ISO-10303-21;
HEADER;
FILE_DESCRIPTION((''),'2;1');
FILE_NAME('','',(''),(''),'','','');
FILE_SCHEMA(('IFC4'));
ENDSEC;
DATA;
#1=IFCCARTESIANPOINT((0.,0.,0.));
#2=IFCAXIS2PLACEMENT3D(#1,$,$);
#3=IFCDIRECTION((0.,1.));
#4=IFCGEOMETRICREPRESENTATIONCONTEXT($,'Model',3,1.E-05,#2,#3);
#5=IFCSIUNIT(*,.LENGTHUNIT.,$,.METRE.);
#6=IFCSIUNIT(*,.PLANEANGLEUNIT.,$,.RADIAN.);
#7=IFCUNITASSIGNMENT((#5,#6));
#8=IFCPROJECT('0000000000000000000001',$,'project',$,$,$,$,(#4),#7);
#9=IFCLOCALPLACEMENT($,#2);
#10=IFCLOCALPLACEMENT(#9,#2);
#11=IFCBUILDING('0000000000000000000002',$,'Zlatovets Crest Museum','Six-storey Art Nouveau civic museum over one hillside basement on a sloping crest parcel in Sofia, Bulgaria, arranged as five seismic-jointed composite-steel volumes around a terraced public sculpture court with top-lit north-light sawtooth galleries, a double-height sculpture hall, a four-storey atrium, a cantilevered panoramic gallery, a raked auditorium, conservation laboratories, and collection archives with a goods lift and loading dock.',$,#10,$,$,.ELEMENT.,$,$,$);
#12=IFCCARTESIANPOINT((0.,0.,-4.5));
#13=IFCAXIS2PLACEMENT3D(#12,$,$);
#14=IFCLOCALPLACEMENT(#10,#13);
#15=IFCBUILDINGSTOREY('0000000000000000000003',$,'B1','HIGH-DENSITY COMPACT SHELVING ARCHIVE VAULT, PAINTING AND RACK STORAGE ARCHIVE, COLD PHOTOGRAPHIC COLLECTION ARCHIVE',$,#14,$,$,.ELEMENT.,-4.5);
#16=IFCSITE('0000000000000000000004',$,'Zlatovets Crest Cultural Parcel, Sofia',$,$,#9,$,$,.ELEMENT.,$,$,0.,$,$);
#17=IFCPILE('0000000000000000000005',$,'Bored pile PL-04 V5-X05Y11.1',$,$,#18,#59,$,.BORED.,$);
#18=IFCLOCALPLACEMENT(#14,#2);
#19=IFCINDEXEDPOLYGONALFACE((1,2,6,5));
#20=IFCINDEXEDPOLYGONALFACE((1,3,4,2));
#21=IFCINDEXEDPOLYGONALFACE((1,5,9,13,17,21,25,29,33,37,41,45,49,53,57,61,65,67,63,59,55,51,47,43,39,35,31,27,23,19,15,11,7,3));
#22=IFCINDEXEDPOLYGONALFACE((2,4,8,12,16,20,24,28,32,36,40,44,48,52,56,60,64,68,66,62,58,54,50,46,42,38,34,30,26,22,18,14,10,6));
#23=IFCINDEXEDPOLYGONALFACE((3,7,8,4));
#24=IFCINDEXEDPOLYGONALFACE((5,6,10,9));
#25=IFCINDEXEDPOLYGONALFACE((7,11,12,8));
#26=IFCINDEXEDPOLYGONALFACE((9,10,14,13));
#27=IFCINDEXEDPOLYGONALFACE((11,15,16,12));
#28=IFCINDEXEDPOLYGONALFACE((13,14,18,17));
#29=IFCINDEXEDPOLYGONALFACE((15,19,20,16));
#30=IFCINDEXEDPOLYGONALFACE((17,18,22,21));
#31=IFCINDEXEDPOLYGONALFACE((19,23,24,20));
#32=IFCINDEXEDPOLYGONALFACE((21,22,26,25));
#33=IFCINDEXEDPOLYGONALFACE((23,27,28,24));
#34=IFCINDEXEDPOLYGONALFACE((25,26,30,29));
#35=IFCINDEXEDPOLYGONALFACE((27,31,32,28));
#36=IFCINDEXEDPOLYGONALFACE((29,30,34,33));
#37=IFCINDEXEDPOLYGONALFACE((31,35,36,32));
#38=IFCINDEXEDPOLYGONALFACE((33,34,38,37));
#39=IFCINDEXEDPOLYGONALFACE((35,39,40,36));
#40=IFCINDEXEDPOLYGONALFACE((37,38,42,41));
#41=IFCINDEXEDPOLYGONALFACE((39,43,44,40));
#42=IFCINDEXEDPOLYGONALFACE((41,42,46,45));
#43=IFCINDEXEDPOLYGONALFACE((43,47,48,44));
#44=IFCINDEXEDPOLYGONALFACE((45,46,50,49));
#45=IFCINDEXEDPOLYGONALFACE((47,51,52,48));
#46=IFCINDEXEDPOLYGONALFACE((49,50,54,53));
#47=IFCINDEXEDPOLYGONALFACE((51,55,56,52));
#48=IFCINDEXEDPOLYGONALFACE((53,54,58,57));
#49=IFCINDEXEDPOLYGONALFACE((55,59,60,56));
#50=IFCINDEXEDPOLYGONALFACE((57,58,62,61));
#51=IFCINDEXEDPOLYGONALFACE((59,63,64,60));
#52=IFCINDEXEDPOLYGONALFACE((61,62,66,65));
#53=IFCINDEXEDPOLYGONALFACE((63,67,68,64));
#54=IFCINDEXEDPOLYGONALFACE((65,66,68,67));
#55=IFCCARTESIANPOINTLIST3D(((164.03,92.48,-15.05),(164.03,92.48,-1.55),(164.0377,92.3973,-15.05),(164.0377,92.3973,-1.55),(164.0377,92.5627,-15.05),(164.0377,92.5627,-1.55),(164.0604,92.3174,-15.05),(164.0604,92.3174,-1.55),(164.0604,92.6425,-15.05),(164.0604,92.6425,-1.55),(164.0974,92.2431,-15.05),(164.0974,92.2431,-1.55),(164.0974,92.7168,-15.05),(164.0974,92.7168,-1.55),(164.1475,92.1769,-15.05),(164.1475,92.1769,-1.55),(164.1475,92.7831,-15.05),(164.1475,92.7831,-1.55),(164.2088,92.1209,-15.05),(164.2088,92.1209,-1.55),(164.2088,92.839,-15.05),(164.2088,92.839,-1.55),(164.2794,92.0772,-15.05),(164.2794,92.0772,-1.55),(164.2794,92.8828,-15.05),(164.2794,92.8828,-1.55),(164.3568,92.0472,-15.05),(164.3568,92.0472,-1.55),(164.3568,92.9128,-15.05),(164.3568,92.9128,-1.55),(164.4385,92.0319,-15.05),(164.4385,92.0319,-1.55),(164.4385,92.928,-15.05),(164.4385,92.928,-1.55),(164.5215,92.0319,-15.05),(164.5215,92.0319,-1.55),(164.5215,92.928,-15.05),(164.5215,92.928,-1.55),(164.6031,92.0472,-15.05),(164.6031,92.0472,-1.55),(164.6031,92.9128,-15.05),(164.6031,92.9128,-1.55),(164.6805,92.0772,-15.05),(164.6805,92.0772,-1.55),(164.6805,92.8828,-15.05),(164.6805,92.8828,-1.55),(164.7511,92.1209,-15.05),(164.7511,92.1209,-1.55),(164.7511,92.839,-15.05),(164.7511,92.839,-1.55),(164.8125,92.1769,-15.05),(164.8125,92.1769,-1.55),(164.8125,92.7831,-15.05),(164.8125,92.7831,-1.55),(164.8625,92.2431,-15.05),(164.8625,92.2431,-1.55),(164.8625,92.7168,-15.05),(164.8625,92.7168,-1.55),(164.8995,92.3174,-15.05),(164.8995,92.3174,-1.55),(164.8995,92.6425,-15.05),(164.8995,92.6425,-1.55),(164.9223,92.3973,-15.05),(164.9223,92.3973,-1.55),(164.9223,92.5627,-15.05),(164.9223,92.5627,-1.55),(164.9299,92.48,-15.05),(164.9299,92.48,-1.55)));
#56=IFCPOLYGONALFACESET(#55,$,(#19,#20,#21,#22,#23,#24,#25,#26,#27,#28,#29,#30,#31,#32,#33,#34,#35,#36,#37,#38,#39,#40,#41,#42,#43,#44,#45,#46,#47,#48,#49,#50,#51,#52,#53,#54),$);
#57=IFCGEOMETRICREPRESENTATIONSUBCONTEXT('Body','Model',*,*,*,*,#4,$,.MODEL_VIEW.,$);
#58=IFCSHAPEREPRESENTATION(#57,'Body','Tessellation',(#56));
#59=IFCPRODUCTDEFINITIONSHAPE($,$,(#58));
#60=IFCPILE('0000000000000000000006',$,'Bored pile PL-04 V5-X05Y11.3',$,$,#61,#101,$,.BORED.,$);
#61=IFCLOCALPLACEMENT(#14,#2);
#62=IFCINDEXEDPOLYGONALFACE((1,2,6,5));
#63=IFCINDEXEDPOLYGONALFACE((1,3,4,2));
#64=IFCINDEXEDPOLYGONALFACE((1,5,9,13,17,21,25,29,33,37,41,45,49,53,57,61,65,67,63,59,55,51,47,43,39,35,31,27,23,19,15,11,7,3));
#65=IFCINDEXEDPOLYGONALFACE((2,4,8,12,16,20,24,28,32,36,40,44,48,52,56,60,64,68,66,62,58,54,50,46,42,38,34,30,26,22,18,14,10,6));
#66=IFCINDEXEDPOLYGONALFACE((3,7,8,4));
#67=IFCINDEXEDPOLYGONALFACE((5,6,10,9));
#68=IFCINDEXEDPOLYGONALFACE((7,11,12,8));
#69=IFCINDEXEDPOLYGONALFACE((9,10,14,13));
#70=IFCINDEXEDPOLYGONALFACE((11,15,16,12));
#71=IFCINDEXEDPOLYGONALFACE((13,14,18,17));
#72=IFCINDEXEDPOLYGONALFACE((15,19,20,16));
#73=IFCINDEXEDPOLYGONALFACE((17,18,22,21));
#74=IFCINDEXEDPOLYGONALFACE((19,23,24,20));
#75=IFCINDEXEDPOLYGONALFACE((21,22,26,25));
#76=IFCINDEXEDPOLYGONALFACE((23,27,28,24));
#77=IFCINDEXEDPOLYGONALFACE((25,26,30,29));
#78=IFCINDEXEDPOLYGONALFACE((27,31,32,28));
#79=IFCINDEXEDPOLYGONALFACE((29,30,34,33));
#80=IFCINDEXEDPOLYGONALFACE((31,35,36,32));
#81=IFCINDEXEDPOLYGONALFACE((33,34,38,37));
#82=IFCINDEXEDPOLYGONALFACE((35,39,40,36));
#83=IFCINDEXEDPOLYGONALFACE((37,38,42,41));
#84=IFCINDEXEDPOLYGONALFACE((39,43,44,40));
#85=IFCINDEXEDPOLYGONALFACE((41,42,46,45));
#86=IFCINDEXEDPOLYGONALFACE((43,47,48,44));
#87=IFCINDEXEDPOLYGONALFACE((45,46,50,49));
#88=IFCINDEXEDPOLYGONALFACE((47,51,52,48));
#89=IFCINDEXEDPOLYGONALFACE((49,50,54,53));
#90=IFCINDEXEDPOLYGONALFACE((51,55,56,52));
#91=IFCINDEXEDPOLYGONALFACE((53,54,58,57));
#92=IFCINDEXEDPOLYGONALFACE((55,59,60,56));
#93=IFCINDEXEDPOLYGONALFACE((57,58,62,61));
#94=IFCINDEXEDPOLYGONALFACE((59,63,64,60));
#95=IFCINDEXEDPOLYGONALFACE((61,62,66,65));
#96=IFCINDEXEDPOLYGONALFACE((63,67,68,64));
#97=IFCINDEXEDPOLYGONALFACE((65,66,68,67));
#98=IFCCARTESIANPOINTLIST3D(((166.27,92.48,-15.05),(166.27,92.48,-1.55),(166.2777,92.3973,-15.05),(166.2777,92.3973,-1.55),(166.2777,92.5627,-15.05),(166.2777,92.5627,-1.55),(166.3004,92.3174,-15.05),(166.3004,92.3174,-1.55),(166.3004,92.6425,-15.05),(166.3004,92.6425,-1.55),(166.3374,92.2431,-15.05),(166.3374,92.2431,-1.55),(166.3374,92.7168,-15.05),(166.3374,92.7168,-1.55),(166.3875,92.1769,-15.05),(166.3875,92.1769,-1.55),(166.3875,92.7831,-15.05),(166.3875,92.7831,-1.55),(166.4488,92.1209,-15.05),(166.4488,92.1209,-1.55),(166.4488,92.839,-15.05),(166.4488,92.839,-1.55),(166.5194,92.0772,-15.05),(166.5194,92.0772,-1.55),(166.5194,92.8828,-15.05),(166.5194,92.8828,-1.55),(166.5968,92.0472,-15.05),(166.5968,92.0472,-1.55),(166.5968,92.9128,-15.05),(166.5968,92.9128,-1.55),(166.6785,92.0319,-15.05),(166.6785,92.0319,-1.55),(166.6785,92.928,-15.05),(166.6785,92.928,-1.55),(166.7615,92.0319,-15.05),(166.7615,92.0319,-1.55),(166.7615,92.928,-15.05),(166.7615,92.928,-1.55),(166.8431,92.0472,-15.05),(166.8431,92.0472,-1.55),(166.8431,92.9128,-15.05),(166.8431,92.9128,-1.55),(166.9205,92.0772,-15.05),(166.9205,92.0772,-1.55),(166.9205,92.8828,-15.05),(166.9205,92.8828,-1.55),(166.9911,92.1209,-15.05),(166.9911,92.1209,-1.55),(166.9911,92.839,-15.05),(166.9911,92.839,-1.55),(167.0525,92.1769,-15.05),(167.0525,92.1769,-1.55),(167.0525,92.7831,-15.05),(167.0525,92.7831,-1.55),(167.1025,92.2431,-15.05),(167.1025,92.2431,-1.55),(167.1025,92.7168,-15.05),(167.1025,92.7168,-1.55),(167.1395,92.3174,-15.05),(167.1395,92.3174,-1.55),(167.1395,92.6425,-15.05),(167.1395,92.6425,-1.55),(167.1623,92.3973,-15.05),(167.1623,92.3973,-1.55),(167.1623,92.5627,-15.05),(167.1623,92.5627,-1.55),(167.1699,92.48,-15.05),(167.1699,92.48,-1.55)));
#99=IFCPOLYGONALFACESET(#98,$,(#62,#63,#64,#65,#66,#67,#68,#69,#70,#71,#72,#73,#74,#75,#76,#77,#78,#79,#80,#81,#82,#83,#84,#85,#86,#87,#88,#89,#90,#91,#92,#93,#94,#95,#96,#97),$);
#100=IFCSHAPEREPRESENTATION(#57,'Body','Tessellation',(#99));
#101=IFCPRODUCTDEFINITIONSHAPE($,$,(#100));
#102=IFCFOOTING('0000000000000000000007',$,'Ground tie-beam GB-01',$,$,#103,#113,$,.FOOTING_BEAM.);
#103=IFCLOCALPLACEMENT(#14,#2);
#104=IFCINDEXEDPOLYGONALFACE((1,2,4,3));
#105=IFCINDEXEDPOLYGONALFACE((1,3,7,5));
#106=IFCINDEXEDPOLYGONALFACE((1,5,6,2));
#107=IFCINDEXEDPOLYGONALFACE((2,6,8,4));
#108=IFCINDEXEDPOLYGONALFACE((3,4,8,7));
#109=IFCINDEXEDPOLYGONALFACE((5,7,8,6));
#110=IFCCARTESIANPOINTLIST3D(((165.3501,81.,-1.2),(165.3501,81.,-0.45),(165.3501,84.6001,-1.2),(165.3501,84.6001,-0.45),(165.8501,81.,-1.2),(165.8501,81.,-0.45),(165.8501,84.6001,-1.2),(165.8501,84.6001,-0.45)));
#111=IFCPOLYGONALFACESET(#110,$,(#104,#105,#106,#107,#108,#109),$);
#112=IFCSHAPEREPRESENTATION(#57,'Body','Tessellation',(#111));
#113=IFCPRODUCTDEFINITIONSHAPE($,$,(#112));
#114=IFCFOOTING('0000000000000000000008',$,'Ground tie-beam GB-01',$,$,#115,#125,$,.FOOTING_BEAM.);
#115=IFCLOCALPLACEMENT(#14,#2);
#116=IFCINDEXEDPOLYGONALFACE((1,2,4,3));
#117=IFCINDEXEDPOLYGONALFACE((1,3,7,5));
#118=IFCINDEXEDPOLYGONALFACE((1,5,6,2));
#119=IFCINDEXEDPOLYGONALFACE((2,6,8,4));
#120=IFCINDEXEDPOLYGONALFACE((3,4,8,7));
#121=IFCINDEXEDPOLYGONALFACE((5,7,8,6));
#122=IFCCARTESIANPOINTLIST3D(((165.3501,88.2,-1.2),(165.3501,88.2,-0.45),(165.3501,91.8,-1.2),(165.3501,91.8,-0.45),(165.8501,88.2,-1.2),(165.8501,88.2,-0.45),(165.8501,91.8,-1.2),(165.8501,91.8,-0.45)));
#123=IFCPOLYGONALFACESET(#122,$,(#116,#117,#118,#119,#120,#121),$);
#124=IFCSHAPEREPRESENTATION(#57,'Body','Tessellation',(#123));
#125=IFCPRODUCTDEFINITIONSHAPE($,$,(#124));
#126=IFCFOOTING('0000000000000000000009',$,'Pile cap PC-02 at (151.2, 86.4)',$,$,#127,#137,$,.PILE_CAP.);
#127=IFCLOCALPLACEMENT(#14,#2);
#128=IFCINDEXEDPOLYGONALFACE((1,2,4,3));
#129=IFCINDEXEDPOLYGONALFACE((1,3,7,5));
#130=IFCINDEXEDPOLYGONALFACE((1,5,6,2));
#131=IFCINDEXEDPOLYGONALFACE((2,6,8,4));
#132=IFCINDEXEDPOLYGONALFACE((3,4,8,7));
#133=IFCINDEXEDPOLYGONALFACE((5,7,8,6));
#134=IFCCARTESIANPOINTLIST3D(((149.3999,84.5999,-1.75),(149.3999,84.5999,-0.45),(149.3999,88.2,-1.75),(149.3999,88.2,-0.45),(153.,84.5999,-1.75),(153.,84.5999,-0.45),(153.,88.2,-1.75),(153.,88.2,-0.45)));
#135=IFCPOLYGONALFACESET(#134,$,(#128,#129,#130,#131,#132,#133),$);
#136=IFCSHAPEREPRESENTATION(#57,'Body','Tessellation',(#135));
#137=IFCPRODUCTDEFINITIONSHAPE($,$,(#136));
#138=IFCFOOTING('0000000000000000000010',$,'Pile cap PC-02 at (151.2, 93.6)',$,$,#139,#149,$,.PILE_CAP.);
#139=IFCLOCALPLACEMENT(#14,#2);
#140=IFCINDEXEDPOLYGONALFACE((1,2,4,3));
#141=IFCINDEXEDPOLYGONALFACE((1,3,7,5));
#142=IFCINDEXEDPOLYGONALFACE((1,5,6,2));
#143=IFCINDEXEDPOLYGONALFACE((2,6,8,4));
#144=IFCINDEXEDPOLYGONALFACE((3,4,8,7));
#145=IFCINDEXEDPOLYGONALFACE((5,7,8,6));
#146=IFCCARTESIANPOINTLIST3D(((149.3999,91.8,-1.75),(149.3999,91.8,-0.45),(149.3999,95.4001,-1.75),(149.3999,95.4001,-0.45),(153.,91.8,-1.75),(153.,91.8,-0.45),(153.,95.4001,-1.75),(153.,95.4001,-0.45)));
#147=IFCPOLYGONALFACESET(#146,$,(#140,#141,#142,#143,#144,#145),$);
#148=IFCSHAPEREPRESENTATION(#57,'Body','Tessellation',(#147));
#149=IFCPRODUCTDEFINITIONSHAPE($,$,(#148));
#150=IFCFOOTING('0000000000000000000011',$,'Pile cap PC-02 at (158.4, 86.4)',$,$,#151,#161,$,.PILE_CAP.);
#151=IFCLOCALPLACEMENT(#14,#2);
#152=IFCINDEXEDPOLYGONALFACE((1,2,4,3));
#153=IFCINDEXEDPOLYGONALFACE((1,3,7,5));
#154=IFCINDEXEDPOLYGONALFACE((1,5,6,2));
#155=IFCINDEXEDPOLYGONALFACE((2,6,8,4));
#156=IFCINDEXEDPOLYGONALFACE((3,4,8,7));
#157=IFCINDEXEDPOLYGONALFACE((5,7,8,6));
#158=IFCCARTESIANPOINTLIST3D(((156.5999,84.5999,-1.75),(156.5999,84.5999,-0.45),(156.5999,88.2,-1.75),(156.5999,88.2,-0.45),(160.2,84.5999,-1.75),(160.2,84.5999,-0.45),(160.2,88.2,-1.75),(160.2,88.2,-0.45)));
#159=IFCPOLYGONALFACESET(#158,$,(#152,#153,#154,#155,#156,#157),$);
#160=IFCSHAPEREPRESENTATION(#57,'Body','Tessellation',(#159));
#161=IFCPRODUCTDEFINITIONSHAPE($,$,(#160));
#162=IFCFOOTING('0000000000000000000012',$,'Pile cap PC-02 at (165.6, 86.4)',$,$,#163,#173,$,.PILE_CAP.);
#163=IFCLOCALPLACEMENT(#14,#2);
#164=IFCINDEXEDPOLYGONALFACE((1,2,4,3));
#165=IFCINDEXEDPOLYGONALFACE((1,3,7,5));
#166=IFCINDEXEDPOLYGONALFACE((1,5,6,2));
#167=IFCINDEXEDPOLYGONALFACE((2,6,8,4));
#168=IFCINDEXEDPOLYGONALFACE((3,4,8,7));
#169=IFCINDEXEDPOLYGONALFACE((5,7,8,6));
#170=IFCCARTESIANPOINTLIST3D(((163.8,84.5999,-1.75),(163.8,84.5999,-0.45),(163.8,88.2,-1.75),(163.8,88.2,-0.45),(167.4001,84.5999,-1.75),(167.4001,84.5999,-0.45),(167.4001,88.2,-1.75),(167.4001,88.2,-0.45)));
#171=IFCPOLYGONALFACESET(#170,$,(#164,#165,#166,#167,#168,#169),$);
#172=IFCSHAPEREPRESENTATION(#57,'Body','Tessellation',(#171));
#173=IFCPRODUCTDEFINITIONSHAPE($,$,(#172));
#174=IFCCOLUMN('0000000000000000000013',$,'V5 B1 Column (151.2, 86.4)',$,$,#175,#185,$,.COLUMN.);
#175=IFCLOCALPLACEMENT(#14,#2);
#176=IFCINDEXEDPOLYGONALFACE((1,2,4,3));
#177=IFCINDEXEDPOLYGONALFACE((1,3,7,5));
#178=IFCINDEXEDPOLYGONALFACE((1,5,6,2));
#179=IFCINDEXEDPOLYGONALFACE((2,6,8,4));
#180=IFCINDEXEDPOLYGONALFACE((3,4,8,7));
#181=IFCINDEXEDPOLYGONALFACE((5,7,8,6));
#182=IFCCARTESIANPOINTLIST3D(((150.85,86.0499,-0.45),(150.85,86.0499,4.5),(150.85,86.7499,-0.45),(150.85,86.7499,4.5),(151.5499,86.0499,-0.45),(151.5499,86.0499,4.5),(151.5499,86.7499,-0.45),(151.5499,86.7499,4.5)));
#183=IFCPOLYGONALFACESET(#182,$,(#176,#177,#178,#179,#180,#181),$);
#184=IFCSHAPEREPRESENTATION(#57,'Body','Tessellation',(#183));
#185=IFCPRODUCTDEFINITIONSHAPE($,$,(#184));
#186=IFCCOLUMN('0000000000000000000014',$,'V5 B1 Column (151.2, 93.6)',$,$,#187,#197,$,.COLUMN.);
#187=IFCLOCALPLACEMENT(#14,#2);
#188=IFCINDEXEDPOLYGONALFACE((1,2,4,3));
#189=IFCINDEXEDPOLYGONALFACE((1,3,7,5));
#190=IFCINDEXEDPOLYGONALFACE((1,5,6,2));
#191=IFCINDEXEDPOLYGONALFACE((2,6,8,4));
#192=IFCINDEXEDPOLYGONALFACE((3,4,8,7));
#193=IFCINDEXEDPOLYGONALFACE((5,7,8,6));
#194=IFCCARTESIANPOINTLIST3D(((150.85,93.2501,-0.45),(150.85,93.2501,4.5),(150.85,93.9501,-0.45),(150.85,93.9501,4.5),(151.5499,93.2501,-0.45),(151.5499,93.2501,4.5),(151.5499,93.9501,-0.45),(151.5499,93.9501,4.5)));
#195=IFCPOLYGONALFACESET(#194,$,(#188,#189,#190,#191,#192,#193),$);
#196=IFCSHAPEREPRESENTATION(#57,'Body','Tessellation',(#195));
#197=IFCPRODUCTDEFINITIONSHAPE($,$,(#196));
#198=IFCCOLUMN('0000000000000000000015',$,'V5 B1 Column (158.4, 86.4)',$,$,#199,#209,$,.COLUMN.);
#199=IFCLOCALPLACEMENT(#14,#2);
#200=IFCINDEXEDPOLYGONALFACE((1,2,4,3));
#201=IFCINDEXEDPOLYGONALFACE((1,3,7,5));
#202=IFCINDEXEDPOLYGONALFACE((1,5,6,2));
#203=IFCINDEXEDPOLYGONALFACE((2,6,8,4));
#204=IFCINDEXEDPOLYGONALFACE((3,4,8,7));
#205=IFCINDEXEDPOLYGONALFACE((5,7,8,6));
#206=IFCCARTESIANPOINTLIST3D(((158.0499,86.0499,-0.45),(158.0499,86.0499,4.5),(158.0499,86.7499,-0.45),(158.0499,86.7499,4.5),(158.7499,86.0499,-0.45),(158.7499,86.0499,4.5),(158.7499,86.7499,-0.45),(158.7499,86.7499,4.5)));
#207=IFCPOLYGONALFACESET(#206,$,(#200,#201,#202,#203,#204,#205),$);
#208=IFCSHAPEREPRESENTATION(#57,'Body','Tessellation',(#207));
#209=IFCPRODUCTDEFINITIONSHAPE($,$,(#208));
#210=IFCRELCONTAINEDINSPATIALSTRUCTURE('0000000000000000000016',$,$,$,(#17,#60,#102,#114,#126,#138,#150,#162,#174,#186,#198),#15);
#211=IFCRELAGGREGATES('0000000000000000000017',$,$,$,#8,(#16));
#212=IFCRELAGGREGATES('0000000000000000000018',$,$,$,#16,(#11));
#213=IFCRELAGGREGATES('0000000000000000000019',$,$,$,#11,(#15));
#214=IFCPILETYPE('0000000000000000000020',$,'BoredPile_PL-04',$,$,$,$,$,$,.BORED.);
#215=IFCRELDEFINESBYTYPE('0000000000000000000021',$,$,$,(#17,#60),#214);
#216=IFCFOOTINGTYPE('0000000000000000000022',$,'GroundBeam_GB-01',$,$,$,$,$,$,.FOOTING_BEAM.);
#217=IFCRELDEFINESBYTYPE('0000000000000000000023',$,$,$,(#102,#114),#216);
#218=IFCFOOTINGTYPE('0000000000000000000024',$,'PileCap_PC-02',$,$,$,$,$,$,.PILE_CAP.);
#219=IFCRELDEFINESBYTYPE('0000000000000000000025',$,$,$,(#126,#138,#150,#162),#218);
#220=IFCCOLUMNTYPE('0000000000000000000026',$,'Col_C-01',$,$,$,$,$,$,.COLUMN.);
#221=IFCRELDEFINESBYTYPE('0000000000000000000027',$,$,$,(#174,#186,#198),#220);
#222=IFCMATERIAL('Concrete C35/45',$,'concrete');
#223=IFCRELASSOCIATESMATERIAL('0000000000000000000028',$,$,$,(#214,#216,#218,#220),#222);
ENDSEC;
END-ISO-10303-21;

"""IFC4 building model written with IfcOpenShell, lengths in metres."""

from ifc_helpers import new_model, si_unit, direction, frame, origin, origin_2d, place, context, subcontext, project, spatial, rectangle, circle, extrude, material, material_profile, profile_set, type_object, element, save


model = new_model("IFC4")

# Units and contexts
model_context = context("Model", 3, precision=1e-05, world=origin(), true_north=direction((0.0, 1.0)))
body_context = subcontext(model_context, "Body", "Model", "MODEL_VIEW")
ifc_project = project(units=[si_unit("LENGTHUNIT", "METRE"), si_unit("PLANEANGLEUNIT", "RADIAN")], contexts=[model_context])

# Site, building, storey
site_placement = place(None, origin())
site = spatial("IfcSite", under=ifc_project, at=site_placement, Name="Zlatovets Crest Cultural Parcel, Sofia", CompositionType="ELEMENT", RefElevation=0.0)
building_placement = place(site_placement, origin())
building = spatial("IfcBuilding", under=site, at=building_placement, Name="Zlatovets Crest Museum", Description="Six-storey Art Nouveau civic museum over one hillside basement on a sloping crest parcel in Sofia, Bulgaria, arranged as five seismic-jointed composite-steel volumes around a terraced public sculpture court with top-lit north-light sawtooth galleries, a double-height sculpture hall, a four-storey atrium, a cantilevered panoramic gallery, a raked auditorium, conservation laboratories, and collection archives with a goods lift and loading dock.", CompositionType="ELEMENT")
storey_placement = place(building_placement, frame((0.0, 0.0, -4.5)))
storey = spatial("IfcBuildingStorey", under=building, at=storey_placement, Name="B1", Description="HIGH-DENSITY COMPACT SHELVING ARCHIVE VAULT, PAINTING AND RACK STORAGE ARCHIVE, COLD PHOTOGRAPHIC COLLECTION ARCHIVE", CompositionType="ELEMENT", Elevation=-4.5)

# Piles
ifc_material = material(Name="Concrete C35/45", Category="concrete")
ifc_material_profile_1 = material_profile(ifc_material, circle(Radius=0.45, at=origin_2d()), Name="PILE D900")
ifc_profile_set_1 = profile_set([ifc_material_profile_1], Name="Concrete C35/45")
pile_type = type_object("IfcPileType", Name="BoredPile_PL-04", PredefinedType="BORED", material=ifc_profile_set_1)
for number, where, z_axis, x_axis, name in (
    (1, (164.48, 92.48, -1.55), (0.0, 0.0, -1.0), (1.0, 0.0, 0.0), "Bored pile PL-04 V5-X05Y11.1"),
    (2, (166.72, 92.48, -1.55), (0.0, 0.0, -1.0), (1.0, 0.0, 0.0), "Bored pile PL-04 V5-X05Y11.3"),
):
    element("IfcPile", number, at=place(storey_placement, frame(where, z_axis=z_axis, x_axis=x_axis)), inside=storey, type_object=pile_type, Name=name, PredefinedType="BORED", context=body_context, shape_type="SweptSolid", body=[
        extrude(circle(Radius=0.45, at=origin_2d()), origin(), (0.0, 0.0, 1.0), 13.5),
    ])

# Footings
ifc_material_profile_2 = material_profile(ifc_material, rectangle(XDim=0.5, YDim=0.75, at=origin_2d()), Name="RC 500x750")
ifc_profile_set_2 = profile_set([ifc_material_profile_2], Name="Concrete C35/45")
footing_type_1 = type_object("IfcFootingType", Name="GroundBeam_GB-01", PredefinedType="FOOTING_BEAM", material=ifc_profile_set_2)
for number, where, z_axis, x_axis, name in (
    (3, (165.6001, 81.0, -0.825), (0.0, 1.0, 0.0), (-1.0, 0.0, 0.0), "Ground tie-beam GB-01"),
    (4, (165.6001, 88.2, -0.825), (0.0, 1.0, 0.0), (-1.0, 0.0, 0.0), "Ground tie-beam GB-01"),
):
    element("IfcFooting", number, at=place(storey_placement, frame(where, z_axis=z_axis, x_axis=x_axis)), inside=storey, type_object=footing_type_1, Name=name, PredefinedType="FOOTING_BEAM", context=body_context, shape_type="SweptSolid", body=[
        extrude(rectangle(XDim=0.5, YDim=0.75, at=origin_2d()), origin(), (0.0, 0.0, 1.0), 3.6001),
    ])
footing_type_2 = type_object("IfcFootingType", Name="PileCap_PC-02", PredefinedType="PILE_CAP", material=ifc_material)
for number, where, z_axis, x_axis, name in (
    (5, (151.2, 86.3999, -1.75), (0.0, 0.0, 1.0), (1.0, 0.0, 0.0), "Pile cap PC-02 at (151.2, 86.4)"),
    (6, (151.2, 93.6001, -1.75), (0.0, 0.0, 1.0), (1.0, 0.0, 0.0), "Pile cap PC-02 at (151.2, 93.6)"),
    (7, (158.3999, 86.3999, -1.75), (0.0, 0.0, 1.0), (1.0, 0.0, 0.0), "Pile cap PC-02 at (158.4, 86.4)"),
    (8, (165.6001, 86.3999, -1.75), (0.0, 0.0, 1.0), (1.0, 0.0, 0.0), "Pile cap PC-02 at (165.6, 86.4)"),
):
    element("IfcFooting", number, at=place(storey_placement, frame(where, z_axis=z_axis, x_axis=x_axis)), inside=storey, type_object=footing_type_2, Name=name, PredefinedType="PILE_CAP", context=body_context, shape_type="SweptSolid", body=[
        extrude(rectangle(XDim=3.6001, YDim=3.6001, at=origin_2d()), origin(), (0.0, 0.0, 1.0), 1.3),
    ])

# Columns
ifc_material_profile_3 = material_profile(ifc_material, rectangle(XDim=0.7, YDim=0.7, at=origin_2d()), Name="RC 700x700")
ifc_profile_set_3 = profile_set([ifc_material_profile_3], Name="Concrete C35/45")
column_type_1 = type_object("IfcColumnType", Name="Col_C-01", PredefinedType="COLUMN", material=ifc_profile_set_3)
for number, where, z_axis, x_axis, name in (
    (9, (151.2, 86.3999, -0.45), (0.0, 0.0, 1.0), (0.0, 1.0, 0.0), "V5 B1 Column (151.2, 86.4)"),
    (10, (151.2, 93.6001, -0.45), (0.0, 0.0, 1.0), (1.0, 0.0, 0.0), "V5 B1 Column (151.2, 93.6)"),
    (11, (158.3999, 86.3999, -0.45), (0.0, 0.0, 1.0), (1.0, 0.0, 0.0), "V5 B1 Column (158.4, 86.4)"),
):
    element("IfcColumn", number, at=place(storey_placement, frame(where, z_axis=z_axis, x_axis=x_axis)), inside=storey, type_object=column_type_1, Name=name, PredefinedType="COLUMN", context=body_context, shape_type="SweptSolid", body=[
        extrude(rectangle(XDim=0.7, YDim=0.7, at=origin_2d()), origin(), (0.0, 0.0, 1.0), 4.95),
    ])

save(model, "model.ifc")
